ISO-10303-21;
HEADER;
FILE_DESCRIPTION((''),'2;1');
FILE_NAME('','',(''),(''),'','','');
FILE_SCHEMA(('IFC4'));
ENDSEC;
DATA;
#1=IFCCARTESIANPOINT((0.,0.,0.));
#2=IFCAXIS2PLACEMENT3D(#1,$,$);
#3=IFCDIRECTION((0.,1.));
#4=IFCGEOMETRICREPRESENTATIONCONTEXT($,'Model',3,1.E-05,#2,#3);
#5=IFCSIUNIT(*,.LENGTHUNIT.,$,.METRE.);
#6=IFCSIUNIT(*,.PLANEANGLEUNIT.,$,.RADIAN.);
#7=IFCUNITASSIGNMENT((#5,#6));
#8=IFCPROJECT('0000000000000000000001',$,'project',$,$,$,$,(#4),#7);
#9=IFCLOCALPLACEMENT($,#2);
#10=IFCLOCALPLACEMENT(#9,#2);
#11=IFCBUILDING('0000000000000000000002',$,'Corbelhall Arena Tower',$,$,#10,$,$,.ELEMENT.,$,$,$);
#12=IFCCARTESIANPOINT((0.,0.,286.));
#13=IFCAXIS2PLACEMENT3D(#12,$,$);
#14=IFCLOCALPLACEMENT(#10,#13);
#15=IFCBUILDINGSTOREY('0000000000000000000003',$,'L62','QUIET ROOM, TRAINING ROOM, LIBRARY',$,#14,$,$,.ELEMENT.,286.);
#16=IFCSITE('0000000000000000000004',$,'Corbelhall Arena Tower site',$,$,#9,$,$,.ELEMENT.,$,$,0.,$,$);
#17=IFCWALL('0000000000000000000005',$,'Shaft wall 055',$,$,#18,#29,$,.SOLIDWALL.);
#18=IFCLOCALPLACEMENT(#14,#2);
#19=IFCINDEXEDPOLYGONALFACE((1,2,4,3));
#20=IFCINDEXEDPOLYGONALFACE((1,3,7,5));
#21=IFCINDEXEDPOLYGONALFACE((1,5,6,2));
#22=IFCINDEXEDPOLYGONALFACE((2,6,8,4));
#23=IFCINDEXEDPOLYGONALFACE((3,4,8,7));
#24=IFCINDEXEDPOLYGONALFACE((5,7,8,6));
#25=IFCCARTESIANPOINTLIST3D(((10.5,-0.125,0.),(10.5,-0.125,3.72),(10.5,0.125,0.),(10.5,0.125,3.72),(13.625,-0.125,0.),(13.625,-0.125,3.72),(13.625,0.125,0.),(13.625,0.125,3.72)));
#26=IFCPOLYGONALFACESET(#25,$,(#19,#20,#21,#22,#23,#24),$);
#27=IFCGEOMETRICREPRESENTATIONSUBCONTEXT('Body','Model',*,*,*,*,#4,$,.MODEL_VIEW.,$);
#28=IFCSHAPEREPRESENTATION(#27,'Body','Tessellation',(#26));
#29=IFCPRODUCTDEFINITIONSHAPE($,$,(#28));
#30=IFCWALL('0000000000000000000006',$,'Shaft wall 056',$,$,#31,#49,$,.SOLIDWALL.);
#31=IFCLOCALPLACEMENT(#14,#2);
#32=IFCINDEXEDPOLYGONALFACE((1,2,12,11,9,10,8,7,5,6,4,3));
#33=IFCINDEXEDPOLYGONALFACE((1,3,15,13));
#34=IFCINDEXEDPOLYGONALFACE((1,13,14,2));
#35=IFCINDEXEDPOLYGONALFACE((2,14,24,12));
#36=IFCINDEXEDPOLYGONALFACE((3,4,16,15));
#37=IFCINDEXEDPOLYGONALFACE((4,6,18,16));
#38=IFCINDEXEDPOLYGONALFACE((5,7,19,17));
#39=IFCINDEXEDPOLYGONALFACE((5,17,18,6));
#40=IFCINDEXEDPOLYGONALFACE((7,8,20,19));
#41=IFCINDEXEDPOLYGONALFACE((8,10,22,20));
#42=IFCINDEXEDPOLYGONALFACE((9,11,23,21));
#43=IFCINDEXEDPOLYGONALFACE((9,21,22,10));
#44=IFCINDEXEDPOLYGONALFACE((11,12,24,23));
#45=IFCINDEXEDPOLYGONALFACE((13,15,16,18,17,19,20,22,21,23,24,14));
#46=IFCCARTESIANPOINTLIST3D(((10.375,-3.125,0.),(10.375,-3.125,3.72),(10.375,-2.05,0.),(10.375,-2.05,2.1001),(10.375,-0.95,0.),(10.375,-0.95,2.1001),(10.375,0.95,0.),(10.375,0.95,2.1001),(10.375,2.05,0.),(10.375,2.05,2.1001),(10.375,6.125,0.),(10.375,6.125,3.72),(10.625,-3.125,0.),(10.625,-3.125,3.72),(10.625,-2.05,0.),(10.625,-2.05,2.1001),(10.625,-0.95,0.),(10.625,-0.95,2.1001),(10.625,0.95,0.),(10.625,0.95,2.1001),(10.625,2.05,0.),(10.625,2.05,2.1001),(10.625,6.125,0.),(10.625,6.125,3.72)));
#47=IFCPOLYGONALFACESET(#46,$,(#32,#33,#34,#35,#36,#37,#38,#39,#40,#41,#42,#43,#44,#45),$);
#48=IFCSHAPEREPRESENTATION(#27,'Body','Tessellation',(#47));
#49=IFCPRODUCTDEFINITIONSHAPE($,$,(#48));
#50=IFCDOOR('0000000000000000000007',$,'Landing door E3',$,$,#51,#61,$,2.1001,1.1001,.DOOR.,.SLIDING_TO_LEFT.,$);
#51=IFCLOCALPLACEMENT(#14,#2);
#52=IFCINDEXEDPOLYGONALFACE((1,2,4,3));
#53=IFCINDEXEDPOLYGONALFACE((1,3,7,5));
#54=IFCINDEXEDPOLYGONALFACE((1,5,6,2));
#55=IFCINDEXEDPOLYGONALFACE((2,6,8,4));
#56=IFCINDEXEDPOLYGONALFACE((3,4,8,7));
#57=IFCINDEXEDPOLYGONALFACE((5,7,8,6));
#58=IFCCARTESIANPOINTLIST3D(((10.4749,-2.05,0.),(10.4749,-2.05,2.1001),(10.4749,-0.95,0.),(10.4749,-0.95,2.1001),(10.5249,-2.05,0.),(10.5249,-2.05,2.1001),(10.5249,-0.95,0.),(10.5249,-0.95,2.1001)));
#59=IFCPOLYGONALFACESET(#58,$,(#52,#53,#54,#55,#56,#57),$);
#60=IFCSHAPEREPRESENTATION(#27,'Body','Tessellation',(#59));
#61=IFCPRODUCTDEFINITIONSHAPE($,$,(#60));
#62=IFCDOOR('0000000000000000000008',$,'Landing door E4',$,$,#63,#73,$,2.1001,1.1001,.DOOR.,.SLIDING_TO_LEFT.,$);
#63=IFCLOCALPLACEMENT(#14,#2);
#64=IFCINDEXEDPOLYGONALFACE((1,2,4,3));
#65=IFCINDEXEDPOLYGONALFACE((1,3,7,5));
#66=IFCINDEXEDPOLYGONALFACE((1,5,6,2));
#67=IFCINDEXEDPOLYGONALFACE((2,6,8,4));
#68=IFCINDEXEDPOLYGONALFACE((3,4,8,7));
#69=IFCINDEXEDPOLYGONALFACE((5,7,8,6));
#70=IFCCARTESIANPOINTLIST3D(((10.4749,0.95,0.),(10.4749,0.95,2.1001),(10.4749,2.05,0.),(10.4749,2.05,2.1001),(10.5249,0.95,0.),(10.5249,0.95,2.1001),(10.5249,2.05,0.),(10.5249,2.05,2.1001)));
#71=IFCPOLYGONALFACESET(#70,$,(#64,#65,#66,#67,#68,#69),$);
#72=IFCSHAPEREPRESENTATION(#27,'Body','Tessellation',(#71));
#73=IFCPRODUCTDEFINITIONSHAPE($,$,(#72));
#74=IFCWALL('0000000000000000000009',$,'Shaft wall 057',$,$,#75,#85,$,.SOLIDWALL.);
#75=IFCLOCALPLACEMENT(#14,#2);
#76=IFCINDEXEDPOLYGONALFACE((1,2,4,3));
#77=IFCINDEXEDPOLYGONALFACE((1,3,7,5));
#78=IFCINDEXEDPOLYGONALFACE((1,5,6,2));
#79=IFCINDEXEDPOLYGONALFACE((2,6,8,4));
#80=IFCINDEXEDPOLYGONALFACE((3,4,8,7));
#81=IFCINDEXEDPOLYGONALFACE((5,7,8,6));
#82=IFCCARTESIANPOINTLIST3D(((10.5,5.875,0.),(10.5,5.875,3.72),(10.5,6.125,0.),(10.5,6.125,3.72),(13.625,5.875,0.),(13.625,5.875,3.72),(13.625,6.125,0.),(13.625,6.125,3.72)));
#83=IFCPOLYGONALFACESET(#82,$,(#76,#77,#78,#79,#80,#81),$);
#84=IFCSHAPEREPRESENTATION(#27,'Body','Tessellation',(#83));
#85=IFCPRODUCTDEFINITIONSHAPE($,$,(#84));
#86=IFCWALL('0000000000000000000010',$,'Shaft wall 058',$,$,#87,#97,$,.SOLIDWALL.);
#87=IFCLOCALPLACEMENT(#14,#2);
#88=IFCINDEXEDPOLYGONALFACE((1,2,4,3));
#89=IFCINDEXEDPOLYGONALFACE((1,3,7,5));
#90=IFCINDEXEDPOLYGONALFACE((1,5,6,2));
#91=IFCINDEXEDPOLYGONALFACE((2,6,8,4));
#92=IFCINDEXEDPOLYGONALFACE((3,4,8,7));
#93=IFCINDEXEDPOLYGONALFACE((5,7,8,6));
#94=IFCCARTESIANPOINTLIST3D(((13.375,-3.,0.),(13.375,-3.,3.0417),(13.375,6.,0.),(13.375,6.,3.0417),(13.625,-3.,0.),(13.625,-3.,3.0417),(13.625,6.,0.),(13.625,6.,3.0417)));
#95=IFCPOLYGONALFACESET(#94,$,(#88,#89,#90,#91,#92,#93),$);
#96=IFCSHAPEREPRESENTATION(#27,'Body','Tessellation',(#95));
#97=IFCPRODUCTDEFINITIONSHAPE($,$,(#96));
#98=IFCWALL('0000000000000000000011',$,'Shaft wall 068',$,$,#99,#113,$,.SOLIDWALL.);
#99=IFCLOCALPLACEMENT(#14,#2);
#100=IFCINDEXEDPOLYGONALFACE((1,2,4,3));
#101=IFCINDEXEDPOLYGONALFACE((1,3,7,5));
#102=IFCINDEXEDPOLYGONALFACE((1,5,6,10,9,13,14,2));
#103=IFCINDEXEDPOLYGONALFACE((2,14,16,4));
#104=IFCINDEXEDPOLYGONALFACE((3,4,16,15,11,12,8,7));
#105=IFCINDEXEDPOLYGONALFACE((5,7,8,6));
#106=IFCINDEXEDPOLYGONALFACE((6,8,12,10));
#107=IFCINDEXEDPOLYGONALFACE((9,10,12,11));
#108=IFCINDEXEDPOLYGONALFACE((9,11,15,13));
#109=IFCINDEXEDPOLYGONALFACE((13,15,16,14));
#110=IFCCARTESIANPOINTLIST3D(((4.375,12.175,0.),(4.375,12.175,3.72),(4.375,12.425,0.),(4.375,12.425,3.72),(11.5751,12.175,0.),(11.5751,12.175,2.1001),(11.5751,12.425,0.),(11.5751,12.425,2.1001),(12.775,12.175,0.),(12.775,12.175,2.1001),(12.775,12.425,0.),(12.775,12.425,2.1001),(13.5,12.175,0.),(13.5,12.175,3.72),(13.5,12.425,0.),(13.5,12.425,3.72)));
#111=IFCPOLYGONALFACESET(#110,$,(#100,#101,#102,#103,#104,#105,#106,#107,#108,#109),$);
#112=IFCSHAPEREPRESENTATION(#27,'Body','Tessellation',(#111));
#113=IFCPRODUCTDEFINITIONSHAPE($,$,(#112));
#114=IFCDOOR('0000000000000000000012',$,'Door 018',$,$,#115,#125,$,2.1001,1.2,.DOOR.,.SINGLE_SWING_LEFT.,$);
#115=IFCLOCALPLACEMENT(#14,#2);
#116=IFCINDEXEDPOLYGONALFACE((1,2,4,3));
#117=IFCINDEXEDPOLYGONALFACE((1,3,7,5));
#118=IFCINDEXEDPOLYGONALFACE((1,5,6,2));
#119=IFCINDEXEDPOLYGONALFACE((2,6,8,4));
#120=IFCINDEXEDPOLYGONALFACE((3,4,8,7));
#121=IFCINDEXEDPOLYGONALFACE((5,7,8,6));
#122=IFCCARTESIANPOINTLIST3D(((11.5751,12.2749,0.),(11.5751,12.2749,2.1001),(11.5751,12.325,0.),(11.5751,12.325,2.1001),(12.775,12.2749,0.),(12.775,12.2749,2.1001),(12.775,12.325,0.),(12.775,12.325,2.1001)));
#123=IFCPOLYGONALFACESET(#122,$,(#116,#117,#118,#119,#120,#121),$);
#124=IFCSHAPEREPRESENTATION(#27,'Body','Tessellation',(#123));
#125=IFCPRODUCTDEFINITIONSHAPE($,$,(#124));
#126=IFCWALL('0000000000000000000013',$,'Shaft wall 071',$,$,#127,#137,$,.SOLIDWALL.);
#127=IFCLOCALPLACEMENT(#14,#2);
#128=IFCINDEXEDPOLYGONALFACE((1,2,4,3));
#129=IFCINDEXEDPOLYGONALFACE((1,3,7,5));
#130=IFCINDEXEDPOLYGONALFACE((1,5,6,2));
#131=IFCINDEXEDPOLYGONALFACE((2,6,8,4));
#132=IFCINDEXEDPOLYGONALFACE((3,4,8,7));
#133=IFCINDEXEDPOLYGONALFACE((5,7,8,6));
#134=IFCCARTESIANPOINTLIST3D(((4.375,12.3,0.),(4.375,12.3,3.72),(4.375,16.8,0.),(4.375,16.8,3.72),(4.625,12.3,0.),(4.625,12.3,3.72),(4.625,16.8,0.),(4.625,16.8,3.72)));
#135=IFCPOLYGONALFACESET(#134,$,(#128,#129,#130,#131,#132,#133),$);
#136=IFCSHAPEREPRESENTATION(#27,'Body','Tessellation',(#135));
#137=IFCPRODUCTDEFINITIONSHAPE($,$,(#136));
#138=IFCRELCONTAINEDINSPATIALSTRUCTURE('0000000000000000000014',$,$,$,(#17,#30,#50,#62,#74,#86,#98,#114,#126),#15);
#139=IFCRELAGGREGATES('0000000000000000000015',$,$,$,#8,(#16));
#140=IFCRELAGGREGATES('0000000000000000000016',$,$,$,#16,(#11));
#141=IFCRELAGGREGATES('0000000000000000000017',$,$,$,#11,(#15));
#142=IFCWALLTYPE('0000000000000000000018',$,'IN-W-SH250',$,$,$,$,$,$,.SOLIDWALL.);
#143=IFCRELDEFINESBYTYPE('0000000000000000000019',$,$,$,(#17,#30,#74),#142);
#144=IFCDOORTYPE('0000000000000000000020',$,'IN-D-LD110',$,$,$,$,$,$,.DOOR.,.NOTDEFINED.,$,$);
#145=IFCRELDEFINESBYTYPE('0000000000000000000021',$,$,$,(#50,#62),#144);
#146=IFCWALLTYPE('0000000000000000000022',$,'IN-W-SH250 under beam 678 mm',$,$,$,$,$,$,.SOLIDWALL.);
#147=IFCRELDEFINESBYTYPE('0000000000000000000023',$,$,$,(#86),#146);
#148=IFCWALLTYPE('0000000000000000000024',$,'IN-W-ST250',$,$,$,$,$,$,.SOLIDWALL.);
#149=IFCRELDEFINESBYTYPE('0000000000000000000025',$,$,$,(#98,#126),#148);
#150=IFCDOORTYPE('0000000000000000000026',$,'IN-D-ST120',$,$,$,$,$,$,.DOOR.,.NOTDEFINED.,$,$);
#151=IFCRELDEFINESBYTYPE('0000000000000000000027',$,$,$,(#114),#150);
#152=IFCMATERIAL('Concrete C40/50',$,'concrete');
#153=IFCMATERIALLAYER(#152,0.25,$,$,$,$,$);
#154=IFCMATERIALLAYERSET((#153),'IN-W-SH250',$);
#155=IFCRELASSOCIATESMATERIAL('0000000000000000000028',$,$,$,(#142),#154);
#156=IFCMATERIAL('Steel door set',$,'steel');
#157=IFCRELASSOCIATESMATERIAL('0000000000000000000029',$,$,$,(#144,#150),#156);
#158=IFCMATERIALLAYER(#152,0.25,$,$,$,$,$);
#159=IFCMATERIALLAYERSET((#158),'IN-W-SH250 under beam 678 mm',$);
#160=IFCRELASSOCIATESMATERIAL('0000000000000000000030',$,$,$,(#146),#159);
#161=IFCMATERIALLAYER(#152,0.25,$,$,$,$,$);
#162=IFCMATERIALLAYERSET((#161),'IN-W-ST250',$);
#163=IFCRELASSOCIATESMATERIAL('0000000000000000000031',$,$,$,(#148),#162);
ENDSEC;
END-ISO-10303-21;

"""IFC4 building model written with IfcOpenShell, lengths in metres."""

from ifc_helpers import new_model, si_unit, direction, frame, frame_2d, origin, place, context, subcontext, project, spatial, rectangle, extrude, material, layer, layer_set, type_object, element, fill, save


model = new_model("IFC4")

# Units and contexts
model_context = context("Model", 3, precision=1e-05, world=origin(), true_north=direction((0.0, 1.0)))
body_context = subcontext(model_context, "Body", "Model", "MODEL_VIEW")
ifc_project = project(units=[si_unit("LENGTHUNIT", "METRE"), si_unit("PLANEANGLEUNIT", "RADIAN")], contexts=[model_context])

# Site, building, storey
site_placement = place(None, origin())
site = spatial("IfcSite", under=ifc_project, at=site_placement, Name="Corbelhall Arena Tower site", CompositionType="ELEMENT", RefElevation=0.0)
building_placement = place(site_placement, origin())
building = spatial("IfcBuilding", under=site, at=building_placement, Name="Corbelhall Arena Tower", CompositionType="ELEMENT")
storey_placement = place(building_placement, frame((0.0, 0.0, 286.0)))
storey = spatial("IfcBuildingStorey", under=building, at=storey_placement, Name="L62", Description="QUIET ROOM, TRAINING ROOM, LIBRARY", CompositionType="ELEMENT", Elevation=286.0)

# Shared definitions
ifc_material_1 = material(Name="Steel door set", Category="steel")

# Shared definitions
ifc_material_2 = material(Name="Concrete C40/50", Category="concrete")
ifc_layer_1 = layer(ifc_material_2, 0.25)
ifc_layer_set_1 = layer_set([ifc_layer_1], Name="IN-W-SH250")
wall_type_1 = type_object("IfcWallType", Name="IN-W-SH250", PredefinedType="SOLIDWALL", material=ifc_layer_set_1)

# Wall
wall_1_placement = place(storey_placement, frame((10.5, 0.0, 0.0), z_axis=(0.0, 0.0, 1.0), x_axis=(1.0, 0.0, 0.0)))
element("IfcWall", 1, at=wall_1_placement, inside=storey, type_object=wall_type_1, Name="Shaft wall 055", PredefinedType="SOLIDWALL", context=body_context, shape_type="SweptSolid", body=[
    extrude(rectangle(XDim=3.125, YDim=0.25, at=frame_2d((1.5625, 0.0))), origin(), (0.0, 0.0, 1.0), 3.72),
])

# Wall, openings, doors
wall_2_placement = place(storey_placement, frame((10.5, 6.125, 0.0), z_axis=(0.0, 0.0, 1.0), x_axis=(0.0, -1.0, 0.0)))
wall_2 = element("IfcWall", 2, at=wall_2_placement, inside=storey, type_object=wall_type_1, Name="Shaft wall 056", PredefinedType="SOLIDWALL", context=body_context, shape_type="SweptSolid", body=[
    extrude(rectangle(XDim=9.25, YDim=0.25, at=frame_2d((4.625, 0.0))), origin(), (0.0, 0.0, 1.0), 3.72),
])
opening_1_placement = place(wall_2_placement, frame((7.075, 0.0, 0.0)))
opening_1 = element("IfcOpeningElement", 3, at=opening_1_placement, cuts=wall_2, PredefinedType="OPENING", context=body_context, shape_type="SweptSolid", body=[
    extrude(rectangle(XDim=1.1001, YDim=2.1001, at=frame_2d((0.55, 1.05))), frame((0.0, 0.125, 0.0), z_axis=(0.0, -1.0, 0.0), x_axis=(1.0, 0.0, 0.0)), (0.0, 0.0, 1.0), 0.25),
])
opening_2_placement = place(wall_2_placement, frame((4.075, 0.0, 0.0)))
opening_2 = element("IfcOpeningElement", 4, at=opening_2_placement, cuts=wall_2, PredefinedType="OPENING", context=body_context, shape_type="SweptSolid", body=[
    extrude(rectangle(XDim=1.1001, YDim=2.1001, at=frame_2d((0.55, 1.05))), frame((0.0, 0.125, 0.0), z_axis=(0.0, -1.0, 0.0), x_axis=(1.0, 0.0, 0.0)), (0.0, 0.0, 1.0), 0.25),
])
door_type_1 = type_object("IfcDoorType", Name="IN-D-LD110", OperationType="NOTDEFINED", PredefinedType="DOOR", material=ifc_material_1)
door_1_placement = place(opening_1_placement, origin())
door_1 = element("IfcDoor", 5, at=door_1_placement, inside=storey, type_object=door_type_1, Name="Landing door E3", OperationType="SLIDING_TO_LEFT", OverallHeight=2.1001, OverallWidth=1.1001, PredefinedType="DOOR", context=body_context, shape_type="SweptSolid", body=[
    extrude(rectangle(XDim=1.1001, YDim=2.1001, at=frame_2d((0.55, 1.05))), frame((0.0, 0.0249, 0.0), z_axis=(0.0, -1.0, 0.0), x_axis=(1.0, 0.0, 0.0)), (0.0, 0.0, 1.0), 0.05),
])
fill(opening_1, door_1)
door_2_placement = place(opening_2_placement, origin())
door_2 = element("IfcDoor", 6, at=door_2_placement, inside=storey, type_object=door_type_1, Name="Landing door E4", OperationType="SLIDING_TO_LEFT", OverallHeight=2.1001, OverallWidth=1.1001, PredefinedType="DOOR", context=body_context, shape_type="SweptSolid", body=[
    extrude(rectangle(XDim=1.1001, YDim=2.1001, at=frame_2d((0.55, 1.05))), frame((0.0, 0.0249, 0.0), z_axis=(0.0, -1.0, 0.0), x_axis=(1.0, 0.0, 0.0)), (0.0, 0.0, 1.0), 0.05),
])
fill(opening_2, door_2)

# Walls
wall_3_placement = place(storey_placement, frame((10.5, 6.0, 0.0), z_axis=(0.0, 0.0, 1.0), x_axis=(1.0, 0.0, 0.0)))
element("IfcWall", 7, at=wall_3_placement, inside=storey, type_object=wall_type_1, Name="Shaft wall 057", PredefinedType="SOLIDWALL", context=body_context, shape_type="SweptSolid", body=[
    extrude(rectangle(XDim=3.125, YDim=0.25, at=frame_2d((1.5625, 0.0))), origin(), (0.0, 0.0, 1.0), 3.72),
])
ifc_layer_2 = layer(ifc_material_2, 0.25)
ifc_layer_set_2 = layer_set([ifc_layer_2], Name="IN-W-SH250 under beam 678 mm")
wall_type_2 = type_object("IfcWallType", Name="IN-W-SH250 under beam 678 mm", PredefinedType="SOLIDWALL", material=ifc_layer_set_2)
wall_4_placement = place(storey_placement, frame((13.5, 6.0, 0.0), z_axis=(0.0, 0.0, 1.0), x_axis=(0.0, -1.0, 0.0)))
element("IfcWall", 8, at=wall_4_placement, inside=storey, type_object=wall_type_2, Name="Shaft wall 058", PredefinedType="SOLIDWALL", context=body_context, shape_type="SweptSolid", body=[
    extrude(rectangle(XDim=9.0, YDim=0.25, at=frame_2d((4.5, 0.0))), origin(), (0.0, 0.0, 1.0), 3.0417),
])

# Wall, opening, door
ifc_layer_3 = layer(ifc_material_2, 0.25)
ifc_layer_set_3 = layer_set([ifc_layer_3], Name="IN-W-ST250")
wall_type_3 = type_object("IfcWallType", Name="IN-W-ST250", PredefinedType="SOLIDWALL", material=ifc_layer_set_3)
wall_5_placement = place(storey_placement, frame((4.375, 12.3, 0.0), z_axis=(0.0, 0.0, 1.0), x_axis=(1.0, 0.0, 0.0)))
wall_5 = element("IfcWall", 9, at=wall_5_placement, inside=storey, type_object=wall_type_3, Name="Shaft wall 068", PredefinedType="SOLIDWALL", context=body_context, shape_type="SweptSolid", body=[
    extrude(rectangle(XDim=9.125, YDim=0.25, at=frame_2d((4.5625, 0.0))), origin(), (0.0, 0.0, 1.0), 3.72),
])
opening_3_placement = place(wall_5_placement, frame((7.2, 0.0, 0.0)))
opening_3 = element("IfcOpeningElement", 10, at=opening_3_placement, cuts=wall_5, PredefinedType="OPENING", context=body_context, shape_type="SweptSolid", body=[
    extrude(rectangle(XDim=1.2, YDim=2.1001, at=frame_2d((0.6001, 1.05))), frame((0.0, 0.125, 0.0), z_axis=(0.0, -1.0, 0.0), x_axis=(1.0, 0.0, 0.0)), (0.0, 0.0, 1.0), 0.25),
])
door_type_2 = type_object("IfcDoorType", Name="IN-D-ST120", OperationType="NOTDEFINED", PredefinedType="DOOR", material=ifc_material_1)
door_3_placement = place(opening_3_placement, origin())
door_3 = element("IfcDoor", 11, at=door_3_placement, inside=storey, type_object=door_type_2, Name="Door 018", OperationType="SINGLE_SWING_LEFT", OverallHeight=2.1001, OverallWidth=1.2, PredefinedType="DOOR", context=body_context, shape_type="SweptSolid", body=[
    extrude(rectangle(XDim=1.2, YDim=2.1001, at=frame_2d((0.6001, 1.05))), frame((0.0, 0.0249, 0.0), z_axis=(0.0, -1.0, 0.0), x_axis=(1.0, 0.0, 0.0)), (0.0, 0.0, 1.0), 0.05),
])
fill(opening_3, door_3)

# Wall
wall_6_placement = place(storey_placement, frame((4.5, 12.3, 0.0), z_axis=(0.0, 0.0, 1.0), x_axis=(0.0, 1.0, 0.0)))
element("IfcWall", 12, at=wall_6_placement, inside=storey, type_object=wall_type_3, Name="Shaft wall 071", PredefinedType="SOLIDWALL", context=body_context, shape_type="SweptSolid", body=[
    extrude(rectangle(XDim=4.5, YDim=0.25, at=frame_2d((2.25, 0.0))), origin(), (0.0, 0.0, 1.0), 3.72),
])

save(model, "model.ifc")
